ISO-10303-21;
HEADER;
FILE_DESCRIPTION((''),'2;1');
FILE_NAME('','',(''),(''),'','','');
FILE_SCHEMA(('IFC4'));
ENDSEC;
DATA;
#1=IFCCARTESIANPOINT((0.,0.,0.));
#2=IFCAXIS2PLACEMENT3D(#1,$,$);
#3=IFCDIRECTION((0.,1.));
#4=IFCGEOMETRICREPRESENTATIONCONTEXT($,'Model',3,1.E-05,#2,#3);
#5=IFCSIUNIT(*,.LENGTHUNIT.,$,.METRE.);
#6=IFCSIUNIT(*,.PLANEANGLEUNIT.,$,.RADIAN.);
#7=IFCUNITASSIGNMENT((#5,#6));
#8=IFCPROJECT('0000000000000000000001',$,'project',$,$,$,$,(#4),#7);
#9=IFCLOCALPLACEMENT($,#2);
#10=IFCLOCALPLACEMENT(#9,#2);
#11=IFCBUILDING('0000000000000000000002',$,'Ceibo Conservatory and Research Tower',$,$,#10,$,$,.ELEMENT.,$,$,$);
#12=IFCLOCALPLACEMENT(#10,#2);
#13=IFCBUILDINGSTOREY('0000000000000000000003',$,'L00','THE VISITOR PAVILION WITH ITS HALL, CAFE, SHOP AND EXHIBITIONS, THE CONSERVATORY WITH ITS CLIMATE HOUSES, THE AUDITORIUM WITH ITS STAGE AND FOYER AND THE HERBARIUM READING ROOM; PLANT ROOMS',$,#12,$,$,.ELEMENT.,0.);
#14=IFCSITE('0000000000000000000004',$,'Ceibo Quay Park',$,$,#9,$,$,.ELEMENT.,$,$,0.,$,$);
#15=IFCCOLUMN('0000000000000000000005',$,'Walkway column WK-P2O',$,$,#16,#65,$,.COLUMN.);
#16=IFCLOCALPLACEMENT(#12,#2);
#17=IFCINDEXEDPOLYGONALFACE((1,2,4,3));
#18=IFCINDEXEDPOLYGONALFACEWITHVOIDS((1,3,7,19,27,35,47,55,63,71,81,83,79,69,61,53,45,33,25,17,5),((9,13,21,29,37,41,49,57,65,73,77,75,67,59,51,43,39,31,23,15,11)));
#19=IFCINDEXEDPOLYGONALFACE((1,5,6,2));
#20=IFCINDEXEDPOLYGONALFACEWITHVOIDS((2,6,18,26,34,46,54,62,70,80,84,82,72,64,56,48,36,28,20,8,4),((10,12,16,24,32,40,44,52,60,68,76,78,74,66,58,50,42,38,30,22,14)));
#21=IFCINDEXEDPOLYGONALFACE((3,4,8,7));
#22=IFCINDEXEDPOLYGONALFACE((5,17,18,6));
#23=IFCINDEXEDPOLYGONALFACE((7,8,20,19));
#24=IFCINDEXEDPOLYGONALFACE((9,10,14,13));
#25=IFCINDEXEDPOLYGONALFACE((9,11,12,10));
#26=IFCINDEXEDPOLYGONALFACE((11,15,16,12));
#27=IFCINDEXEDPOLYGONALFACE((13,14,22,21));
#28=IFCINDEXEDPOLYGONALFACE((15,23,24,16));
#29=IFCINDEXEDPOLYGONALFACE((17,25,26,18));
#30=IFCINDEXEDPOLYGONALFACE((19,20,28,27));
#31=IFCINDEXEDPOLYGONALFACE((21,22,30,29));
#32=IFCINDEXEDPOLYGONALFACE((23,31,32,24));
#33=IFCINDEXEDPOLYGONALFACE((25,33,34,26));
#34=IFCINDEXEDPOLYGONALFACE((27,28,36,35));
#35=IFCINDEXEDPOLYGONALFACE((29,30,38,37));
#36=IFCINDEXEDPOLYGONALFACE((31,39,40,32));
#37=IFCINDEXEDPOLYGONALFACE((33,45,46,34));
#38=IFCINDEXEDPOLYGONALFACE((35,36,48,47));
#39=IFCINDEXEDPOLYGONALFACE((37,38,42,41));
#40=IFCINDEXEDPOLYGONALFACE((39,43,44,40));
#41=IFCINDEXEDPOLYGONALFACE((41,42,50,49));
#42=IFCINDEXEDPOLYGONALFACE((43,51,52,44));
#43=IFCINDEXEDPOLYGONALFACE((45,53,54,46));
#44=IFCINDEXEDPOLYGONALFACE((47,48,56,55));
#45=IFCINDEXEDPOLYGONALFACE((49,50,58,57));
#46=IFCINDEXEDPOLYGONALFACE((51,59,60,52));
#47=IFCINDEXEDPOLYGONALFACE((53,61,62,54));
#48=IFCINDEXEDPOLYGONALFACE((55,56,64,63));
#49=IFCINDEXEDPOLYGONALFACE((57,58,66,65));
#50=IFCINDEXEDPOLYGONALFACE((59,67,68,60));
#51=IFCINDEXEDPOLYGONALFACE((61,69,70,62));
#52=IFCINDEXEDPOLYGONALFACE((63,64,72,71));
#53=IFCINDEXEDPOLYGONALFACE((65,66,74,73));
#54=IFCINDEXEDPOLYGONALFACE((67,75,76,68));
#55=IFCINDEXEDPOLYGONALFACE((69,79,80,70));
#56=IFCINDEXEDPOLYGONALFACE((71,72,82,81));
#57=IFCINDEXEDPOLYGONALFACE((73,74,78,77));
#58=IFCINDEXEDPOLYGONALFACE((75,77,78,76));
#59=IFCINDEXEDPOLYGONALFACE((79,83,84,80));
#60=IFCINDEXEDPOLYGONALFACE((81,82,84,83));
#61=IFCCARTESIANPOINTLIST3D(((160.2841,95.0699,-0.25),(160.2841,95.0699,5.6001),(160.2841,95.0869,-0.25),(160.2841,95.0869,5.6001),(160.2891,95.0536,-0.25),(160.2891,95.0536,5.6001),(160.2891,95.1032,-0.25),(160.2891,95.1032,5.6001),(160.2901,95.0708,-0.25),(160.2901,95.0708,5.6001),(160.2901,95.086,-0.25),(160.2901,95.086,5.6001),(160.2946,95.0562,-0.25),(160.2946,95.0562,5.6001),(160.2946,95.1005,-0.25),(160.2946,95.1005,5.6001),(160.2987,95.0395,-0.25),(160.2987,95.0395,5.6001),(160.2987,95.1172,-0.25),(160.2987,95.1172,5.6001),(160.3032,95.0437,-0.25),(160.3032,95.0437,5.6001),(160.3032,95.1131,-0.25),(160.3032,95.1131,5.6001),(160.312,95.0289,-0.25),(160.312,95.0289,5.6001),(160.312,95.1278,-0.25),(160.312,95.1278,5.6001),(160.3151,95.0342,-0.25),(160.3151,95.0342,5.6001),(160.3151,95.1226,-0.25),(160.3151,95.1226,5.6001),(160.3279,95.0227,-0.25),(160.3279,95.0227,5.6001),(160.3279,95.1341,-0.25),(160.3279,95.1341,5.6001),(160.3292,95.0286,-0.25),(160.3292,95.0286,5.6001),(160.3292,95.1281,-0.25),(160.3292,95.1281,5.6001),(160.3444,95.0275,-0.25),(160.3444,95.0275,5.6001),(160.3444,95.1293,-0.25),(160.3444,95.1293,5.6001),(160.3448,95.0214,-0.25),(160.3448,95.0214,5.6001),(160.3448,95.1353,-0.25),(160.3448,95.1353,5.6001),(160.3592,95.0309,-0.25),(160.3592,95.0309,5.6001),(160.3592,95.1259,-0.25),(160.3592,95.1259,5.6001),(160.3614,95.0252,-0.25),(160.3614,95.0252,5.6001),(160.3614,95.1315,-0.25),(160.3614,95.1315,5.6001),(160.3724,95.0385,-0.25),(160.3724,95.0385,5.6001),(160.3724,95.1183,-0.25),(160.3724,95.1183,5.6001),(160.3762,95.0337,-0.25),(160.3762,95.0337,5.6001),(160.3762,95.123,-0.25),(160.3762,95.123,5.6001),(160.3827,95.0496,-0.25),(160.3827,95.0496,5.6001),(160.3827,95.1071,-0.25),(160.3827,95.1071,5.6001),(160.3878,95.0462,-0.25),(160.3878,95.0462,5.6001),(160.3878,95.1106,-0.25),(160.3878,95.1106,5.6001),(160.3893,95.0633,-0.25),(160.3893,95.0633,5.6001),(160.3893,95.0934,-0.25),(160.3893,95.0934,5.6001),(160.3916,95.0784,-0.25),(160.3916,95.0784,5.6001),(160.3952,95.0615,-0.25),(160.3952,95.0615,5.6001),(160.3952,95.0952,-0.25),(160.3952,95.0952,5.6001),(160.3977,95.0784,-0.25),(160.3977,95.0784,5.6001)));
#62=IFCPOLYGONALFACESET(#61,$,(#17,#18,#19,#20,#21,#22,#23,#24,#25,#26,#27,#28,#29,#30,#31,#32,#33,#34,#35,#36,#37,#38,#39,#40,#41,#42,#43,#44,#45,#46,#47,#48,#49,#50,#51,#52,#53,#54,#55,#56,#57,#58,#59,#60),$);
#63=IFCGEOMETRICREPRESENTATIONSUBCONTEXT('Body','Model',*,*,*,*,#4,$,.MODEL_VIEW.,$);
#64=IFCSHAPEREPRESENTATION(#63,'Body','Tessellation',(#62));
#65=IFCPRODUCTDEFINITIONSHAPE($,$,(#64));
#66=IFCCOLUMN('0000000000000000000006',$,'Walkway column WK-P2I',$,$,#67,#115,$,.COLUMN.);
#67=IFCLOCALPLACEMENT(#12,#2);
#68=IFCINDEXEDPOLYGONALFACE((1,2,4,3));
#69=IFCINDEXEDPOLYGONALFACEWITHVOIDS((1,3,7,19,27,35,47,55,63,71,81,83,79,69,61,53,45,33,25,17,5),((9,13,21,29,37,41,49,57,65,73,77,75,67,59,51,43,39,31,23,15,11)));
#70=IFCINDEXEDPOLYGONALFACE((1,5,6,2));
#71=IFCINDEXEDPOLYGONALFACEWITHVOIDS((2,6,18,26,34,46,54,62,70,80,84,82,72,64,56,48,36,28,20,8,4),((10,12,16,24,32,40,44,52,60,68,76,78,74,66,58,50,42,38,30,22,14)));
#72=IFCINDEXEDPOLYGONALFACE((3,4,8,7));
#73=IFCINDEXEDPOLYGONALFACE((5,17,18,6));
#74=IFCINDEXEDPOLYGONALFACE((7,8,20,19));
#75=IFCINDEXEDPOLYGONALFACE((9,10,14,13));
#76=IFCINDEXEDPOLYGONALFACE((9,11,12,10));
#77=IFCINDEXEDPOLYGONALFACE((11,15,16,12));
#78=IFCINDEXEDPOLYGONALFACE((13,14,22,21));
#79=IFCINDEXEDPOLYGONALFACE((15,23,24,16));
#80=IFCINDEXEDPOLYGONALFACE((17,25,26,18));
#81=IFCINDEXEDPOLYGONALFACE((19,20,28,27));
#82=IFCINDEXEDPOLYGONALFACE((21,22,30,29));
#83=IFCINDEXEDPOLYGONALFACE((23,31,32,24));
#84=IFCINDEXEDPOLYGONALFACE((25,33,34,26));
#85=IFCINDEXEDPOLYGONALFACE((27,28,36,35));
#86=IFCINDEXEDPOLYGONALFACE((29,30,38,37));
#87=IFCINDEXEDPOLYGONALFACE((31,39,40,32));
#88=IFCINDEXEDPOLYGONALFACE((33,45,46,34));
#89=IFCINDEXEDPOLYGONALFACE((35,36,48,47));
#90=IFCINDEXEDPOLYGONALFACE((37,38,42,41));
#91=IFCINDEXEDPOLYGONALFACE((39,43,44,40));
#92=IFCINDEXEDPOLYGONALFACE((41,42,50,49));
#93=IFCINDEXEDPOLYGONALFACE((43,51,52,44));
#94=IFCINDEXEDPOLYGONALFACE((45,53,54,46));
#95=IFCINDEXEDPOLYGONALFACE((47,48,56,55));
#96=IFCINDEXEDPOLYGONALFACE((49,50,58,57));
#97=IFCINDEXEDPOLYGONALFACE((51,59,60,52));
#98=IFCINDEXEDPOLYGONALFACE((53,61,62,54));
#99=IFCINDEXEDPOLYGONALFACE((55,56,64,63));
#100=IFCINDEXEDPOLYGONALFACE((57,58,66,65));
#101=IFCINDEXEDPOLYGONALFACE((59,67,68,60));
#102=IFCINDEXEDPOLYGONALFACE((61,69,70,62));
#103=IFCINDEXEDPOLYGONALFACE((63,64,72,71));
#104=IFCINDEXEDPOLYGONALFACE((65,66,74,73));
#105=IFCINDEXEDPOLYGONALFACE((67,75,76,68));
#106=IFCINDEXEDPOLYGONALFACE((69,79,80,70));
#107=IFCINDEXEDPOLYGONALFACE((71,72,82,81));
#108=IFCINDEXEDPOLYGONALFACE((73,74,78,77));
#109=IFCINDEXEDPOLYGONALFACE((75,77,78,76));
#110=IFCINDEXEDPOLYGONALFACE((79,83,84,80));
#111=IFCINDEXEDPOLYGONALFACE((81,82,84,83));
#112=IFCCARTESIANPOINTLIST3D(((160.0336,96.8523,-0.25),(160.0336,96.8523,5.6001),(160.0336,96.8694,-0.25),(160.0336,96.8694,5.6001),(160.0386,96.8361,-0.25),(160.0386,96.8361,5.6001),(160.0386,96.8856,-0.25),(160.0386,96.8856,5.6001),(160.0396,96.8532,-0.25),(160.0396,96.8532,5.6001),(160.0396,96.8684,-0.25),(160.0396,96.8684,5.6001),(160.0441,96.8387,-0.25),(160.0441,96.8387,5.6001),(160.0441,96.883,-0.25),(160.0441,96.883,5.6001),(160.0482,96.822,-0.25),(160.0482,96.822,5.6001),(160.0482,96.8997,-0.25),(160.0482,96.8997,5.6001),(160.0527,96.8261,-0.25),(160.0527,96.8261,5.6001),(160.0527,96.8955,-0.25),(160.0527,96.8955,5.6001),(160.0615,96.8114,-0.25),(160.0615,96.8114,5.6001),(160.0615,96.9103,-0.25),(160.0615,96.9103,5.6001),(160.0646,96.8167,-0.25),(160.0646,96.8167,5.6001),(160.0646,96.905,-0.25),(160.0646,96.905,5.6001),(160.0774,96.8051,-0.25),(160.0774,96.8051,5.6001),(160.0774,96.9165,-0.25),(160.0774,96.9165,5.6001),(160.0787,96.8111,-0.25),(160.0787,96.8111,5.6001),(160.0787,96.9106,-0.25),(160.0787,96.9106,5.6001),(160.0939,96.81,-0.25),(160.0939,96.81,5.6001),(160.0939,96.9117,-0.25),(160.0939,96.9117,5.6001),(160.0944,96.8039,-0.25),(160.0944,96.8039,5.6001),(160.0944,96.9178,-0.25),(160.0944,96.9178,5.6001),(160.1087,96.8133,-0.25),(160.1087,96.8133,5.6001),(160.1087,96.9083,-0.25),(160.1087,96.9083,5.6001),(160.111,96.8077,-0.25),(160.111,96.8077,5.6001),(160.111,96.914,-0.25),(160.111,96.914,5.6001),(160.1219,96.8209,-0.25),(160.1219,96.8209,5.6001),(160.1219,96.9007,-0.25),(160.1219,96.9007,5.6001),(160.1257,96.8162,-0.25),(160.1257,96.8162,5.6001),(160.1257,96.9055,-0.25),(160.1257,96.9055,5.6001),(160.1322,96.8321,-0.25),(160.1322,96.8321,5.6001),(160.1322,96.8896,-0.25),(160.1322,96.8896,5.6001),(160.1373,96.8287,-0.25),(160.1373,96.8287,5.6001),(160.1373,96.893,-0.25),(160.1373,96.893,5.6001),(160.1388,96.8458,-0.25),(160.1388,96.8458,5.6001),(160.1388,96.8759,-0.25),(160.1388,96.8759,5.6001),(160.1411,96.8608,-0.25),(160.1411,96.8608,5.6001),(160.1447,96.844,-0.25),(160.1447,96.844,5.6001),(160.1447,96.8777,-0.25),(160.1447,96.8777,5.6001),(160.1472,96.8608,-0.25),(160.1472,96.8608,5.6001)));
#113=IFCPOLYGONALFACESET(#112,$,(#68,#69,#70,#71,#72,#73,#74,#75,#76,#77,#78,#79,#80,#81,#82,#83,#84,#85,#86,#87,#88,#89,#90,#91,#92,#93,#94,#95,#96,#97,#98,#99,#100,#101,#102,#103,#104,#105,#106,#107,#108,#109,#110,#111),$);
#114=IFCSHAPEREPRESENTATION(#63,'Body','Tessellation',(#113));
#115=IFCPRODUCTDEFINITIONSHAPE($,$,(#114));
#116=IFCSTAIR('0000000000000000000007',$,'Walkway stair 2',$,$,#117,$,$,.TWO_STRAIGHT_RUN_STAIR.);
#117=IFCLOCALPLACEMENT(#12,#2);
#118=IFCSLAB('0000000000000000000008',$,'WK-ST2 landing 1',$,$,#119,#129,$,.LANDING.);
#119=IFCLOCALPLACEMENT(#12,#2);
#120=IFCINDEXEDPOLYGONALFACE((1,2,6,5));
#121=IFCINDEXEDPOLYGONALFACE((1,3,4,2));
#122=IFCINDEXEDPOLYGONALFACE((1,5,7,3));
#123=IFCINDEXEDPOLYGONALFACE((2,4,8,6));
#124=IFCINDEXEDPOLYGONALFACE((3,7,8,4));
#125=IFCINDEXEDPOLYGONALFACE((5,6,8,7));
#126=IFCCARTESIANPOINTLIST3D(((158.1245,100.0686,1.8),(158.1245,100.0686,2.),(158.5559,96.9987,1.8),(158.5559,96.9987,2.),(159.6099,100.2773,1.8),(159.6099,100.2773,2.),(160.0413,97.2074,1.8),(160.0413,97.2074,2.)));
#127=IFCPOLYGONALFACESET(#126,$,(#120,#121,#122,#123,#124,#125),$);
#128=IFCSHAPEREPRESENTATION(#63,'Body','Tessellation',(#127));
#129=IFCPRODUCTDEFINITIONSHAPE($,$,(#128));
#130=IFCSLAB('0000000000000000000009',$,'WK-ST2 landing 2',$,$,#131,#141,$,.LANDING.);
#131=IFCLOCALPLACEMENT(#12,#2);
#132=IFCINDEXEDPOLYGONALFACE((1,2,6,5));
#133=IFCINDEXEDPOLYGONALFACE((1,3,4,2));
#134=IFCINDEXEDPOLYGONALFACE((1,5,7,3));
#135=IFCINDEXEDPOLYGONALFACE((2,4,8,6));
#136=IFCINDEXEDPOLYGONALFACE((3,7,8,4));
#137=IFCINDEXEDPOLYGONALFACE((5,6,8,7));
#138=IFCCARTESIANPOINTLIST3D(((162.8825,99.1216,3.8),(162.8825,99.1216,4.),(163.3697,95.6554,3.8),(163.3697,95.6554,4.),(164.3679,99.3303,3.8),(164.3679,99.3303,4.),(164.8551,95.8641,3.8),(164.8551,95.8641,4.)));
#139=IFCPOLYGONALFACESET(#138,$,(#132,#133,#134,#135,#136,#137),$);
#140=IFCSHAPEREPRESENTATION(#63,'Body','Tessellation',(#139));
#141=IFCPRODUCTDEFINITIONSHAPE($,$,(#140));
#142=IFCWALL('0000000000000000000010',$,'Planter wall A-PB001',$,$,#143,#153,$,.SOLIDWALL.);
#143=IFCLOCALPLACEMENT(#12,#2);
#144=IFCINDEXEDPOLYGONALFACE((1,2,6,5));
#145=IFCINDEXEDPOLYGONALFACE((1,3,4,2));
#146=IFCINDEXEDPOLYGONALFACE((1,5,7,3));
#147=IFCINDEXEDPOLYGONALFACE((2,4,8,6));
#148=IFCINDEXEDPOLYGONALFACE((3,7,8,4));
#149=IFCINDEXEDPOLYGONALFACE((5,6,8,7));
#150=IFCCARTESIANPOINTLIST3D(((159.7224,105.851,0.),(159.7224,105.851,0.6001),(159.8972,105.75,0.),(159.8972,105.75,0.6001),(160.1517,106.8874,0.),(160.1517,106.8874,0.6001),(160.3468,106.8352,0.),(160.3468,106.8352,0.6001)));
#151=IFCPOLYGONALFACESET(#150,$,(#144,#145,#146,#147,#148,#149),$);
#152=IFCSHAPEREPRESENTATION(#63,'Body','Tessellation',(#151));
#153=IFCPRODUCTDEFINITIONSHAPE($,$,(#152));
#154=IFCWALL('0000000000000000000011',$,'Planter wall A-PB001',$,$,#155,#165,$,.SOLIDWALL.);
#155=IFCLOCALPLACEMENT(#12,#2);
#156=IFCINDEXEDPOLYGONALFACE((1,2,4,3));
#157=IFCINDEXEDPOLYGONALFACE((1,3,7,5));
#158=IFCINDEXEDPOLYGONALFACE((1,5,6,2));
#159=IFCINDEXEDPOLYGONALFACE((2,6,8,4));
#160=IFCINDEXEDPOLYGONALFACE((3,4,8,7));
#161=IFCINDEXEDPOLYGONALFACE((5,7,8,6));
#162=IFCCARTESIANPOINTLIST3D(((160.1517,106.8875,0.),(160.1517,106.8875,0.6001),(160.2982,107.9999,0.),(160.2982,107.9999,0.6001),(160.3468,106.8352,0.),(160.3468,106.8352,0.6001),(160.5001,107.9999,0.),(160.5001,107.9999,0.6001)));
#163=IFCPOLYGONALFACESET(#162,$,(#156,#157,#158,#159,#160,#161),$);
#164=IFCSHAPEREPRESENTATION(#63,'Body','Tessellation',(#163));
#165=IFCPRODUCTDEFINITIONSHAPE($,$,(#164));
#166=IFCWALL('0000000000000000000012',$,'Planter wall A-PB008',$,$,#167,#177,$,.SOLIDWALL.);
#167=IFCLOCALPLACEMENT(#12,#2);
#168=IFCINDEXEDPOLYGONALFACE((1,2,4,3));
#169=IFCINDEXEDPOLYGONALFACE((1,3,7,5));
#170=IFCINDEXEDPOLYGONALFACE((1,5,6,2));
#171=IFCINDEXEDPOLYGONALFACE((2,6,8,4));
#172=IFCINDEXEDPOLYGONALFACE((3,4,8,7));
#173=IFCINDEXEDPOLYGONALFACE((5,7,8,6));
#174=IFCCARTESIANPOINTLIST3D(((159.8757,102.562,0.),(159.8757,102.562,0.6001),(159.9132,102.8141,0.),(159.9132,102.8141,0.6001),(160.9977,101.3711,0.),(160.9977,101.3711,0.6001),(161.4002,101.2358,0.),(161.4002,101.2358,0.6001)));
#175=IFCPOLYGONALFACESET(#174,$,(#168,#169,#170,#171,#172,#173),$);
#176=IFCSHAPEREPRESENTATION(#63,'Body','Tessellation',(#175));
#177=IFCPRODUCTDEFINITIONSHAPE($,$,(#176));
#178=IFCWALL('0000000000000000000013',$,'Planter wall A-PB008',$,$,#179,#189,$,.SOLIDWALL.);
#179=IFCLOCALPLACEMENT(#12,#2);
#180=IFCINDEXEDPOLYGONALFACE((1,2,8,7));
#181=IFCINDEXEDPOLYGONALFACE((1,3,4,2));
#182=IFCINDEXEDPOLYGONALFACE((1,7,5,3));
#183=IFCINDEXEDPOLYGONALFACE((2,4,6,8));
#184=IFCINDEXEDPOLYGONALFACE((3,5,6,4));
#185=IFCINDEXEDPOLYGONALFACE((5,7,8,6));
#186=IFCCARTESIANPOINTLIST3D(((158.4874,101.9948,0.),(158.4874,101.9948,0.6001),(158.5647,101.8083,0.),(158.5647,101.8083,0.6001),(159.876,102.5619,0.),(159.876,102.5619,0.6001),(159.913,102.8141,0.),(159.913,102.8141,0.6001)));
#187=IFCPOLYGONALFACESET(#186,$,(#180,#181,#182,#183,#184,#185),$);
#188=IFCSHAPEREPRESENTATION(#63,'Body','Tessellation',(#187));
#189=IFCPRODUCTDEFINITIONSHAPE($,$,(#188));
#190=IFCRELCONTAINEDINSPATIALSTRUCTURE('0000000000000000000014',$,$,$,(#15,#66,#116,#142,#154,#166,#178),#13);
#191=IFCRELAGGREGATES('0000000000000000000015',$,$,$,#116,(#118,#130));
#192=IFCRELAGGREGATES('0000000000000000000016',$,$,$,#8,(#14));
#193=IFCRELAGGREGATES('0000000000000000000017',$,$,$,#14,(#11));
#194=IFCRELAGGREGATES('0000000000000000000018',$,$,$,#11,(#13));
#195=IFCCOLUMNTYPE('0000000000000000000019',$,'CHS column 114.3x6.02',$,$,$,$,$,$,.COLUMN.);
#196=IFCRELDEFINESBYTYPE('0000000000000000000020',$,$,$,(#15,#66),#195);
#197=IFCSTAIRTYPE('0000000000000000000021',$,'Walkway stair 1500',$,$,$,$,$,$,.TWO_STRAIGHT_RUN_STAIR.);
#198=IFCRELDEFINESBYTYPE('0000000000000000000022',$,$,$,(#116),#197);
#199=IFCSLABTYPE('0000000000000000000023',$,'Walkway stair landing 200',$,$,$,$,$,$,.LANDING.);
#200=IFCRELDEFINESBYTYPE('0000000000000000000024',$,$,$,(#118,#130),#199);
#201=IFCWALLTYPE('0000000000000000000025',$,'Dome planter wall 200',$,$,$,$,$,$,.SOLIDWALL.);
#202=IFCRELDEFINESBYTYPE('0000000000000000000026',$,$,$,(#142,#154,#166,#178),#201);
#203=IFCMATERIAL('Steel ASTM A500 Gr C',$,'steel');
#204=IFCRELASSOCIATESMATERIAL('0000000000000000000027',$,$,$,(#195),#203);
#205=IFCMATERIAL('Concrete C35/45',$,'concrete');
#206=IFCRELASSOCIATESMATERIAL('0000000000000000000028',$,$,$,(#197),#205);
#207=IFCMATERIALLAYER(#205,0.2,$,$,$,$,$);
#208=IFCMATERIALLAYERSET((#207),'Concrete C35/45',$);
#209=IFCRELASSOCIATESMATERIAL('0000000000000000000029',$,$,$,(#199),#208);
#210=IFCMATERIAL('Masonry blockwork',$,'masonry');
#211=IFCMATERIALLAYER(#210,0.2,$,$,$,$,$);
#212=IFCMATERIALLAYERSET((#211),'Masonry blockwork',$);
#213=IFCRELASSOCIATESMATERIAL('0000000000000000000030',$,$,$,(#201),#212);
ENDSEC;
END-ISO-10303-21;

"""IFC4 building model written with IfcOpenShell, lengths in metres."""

from ifc_helpers import new_model, si_unit, direction, frame, origin, origin_2d, place, context, subcontext, project, spatial, polyline, hollow_circle, outline, extrude, material, layer, layer_set, material_profile, profile_set, type_object, element, aggregate, save


model = new_model("IFC4")

# Units and contexts
model_context = context("Model", 3, precision=1e-05, world=origin(), true_north=direction((0.0, 1.0)))
body_context = subcontext(model_context, "Body", "Model", "MODEL_VIEW")
ifc_project = project(units=[si_unit("LENGTHUNIT", "METRE"), si_unit("PLANEANGLEUNIT", "RADIAN")], contexts=[model_context])

# Site, building, storey
site_placement = place(None, origin())
site = spatial("IfcSite", under=ifc_project, at=site_placement, Name="Ceibo Quay Park", CompositionType="ELEMENT", RefElevation=0.0)
building_placement = place(site_placement, origin())
building = spatial("IfcBuilding", under=site, at=building_placement, Name="Ceibo Conservatory and Research Tower", CompositionType="ELEMENT")
storey_placement = place(building_placement, origin())
storey = spatial("IfcBuildingStorey", under=building, at=storey_placement, Name="L00", Description="THE VISITOR PAVILION WITH ITS HALL, CAFE, SHOP AND EXHIBITIONS, THE CONSERVATORY WITH ITS CLIMATE HOUSES, THE AUDITORIUM WITH ITS STAGE AND FOYER AND THE HERBARIUM READING ROOM; PLANT ROOMS", CompositionType="ELEMENT", Elevation=0.0)

# Columns
ifc_material_1 = material(Name="Steel ASTM A500 Gr C", Category="steel")
ifc_material_profile = material_profile(ifc_material_1, hollow_circle(Radius=0.0571, WallThickness=0.0061, at=origin_2d()), Name="CHS column 114.3x6.02")
ifc_profile_set = profile_set([ifc_material_profile], Name="Steel ASTM A500 Gr C")
column_type = type_object("IfcColumnType", Name="CHS column 114.3x6.02", PredefinedType="COLUMN", material=ifc_profile_set)
for number, where, z_axis, x_axis, name in (
    (1, (160.3406, 95.0784, -0.25), (0.0, 0.0, 1.0), (1.0, 0.0, 0.0), "Walkway column WK-P2O"),
    (2, (160.0901, 96.8608, -0.25), (0.0, 0.0, 1.0), (1.0, 0.0, 0.0), "Walkway column WK-P2I"),
):
    element("IfcColumn", number, at=place(storey_placement, frame(where, z_axis=z_axis, x_axis=x_axis)), inside=storey, type_object=column_type, Name=name, PredefinedType="COLUMN", context=body_context, shape_type="SweptSolid", body=[
        extrude(hollow_circle(Radius=0.0571, WallThickness=0.0061, at=origin_2d()), origin(), (0.0, 0.0, 1.0), 5.8501),
    ])

# Stair, slabs
ifc_material_2 = material(Name="Concrete C35/45", Category="concrete")
stair_type = type_object("IfcStairType", Name="Walkway stair 1500", PredefinedType="TWO_STRAIGHT_RUN_STAIR", material=ifc_material_2)
stair_placement = place(storey_placement, origin())
stair = element("IfcStair", 3, at=stair_placement, inside=storey, type_object=stair_type, Name="Walkway stair 2", PredefinedType="TWO_STRAIGHT_RUN_STAIR")
ifc_layer_1 = layer(ifc_material_2, 0.2)
ifc_layer_set_1 = layer_set([ifc_layer_1], Name="Concrete C35/45")
slab_type = type_object("IfcSlabType", Name="Walkway stair landing 200", PredefinedType="LANDING", material=ifc_layer_set_1)
slab_1_placement = place(storey_placement, frame((159.6099, 100.2773, 1.8), z_axis=(0.0, 0.0, 1.0), x_axis=(-0.990268, -0.139173, 0.0)))
slab_1 = element("IfcSlab", 4, at=slab_1_placement, type_object=slab_type, Name="WK-ST2 landing 1", PredefinedType="LANDING", context=body_context, shape_type="SweptSolid", body=[
    extrude(outline(polyline([(0.0, 0.0), (1.5, 0.0), (1.5, 3.1001), (0.0, 3.1001), (0.0, 0.0)])), origin(), (0.0, 0.0, 1.0), 0.2),
])
slab_2_placement = place(storey_placement, frame((164.3679, 99.3303, 3.8), z_axis=(0.0, 0.0, 1.0), x_axis=(-0.990268, -0.139173, 0.0)))
slab_2 = element("IfcSlab", 5, at=slab_2_placement, type_object=slab_type, Name="WK-ST2 landing 2", PredefinedType="LANDING", context=body_context, shape_type="SweptSolid", body=[
    extrude(outline(polyline([(0.0, 0.0), (1.5, 0.0), (1.5, 3.5002), (0.0, 3.5002), (0.0, 0.0)])), origin(), (0.0, 0.0, 1.0), 0.2),
])

# Walls
ifc_material_3 = material(Name="Masonry blockwork", Category="masonry")
ifc_layer_2 = layer(ifc_material_3, 0.2)
ifc_layer_set_2 = layer_set([ifc_layer_2], Name="Masonry blockwork")
wall_type_1 = type_object("IfcWallType", Name="Dome planter wall 200", PredefinedType="SOLIDWALL", material=ifc_layer_set_2)
wall_1_placement = place(storey_placement, frame((159.8098, 105.8005, 0.0), z_axis=(0.0, 0.0, 1.0), x_axis=(0.382727, 0.923861, 0.0)))
element("IfcWall", 6, at=wall_1_placement, inside=storey, type_object=wall_type_1, Name="Planter wall A-PB001", PredefinedType="SOLIDWALL", context=body_context, shape_type="SweptSolid", body=[
    extrude(outline(polyline([(-0.0132, -0.1001), (1.1614, -0.1001), (1.135, 0.1001), (0.0132, 0.1001), (-0.0132, -0.1001)])), origin(), (0.0, 0.0, 1.0), 0.6001),
])
wall_2_placement = place(storey_placement, frame((160.2493, 106.8613, 0.0), z_axis=(0.0, 0.0, 1.0), x_axis=(0.13052, 0.991446, 0.0)))
element("IfcWall", 7, at=wall_2_placement, inside=storey, type_object=wall_type_1, Name="Planter wall A-PB001", PredefinedType="SOLIDWALL", context=body_context, shape_type="SweptSolid", body=[
    extrude(outline(polyline([(-0.0132, -0.1001), (1.1616, -0.1001), (1.1353, 0.1001), (0.0132, 0.1001), (-0.0132, -0.1001)])), origin(), (0.0, 0.0, 1.0), 0.6001),
])
wall_3_placement = place(storey_placement, frame((161.199, 101.3035, 0.0), z_axis=(0.0, 0.0, 1.0), x_axis=(-0.685745, 0.727842, 0.0)))
element("IfcWall", 8, at=wall_3_placement, inside=storey, type_object=wall_type_1, Name="Planter wall A-PB008", PredefinedType="SOLIDWALL", context=body_context, shape_type="SweptSolid", body=[
    extrude(outline(polyline([(-0.1873, -0.1001), (1.9812, -0.1001), (1.8235, 0.1001), (0.1873, 0.1001), (-0.1873, -0.1001)])), origin(), (0.0, 0.0, 1.0), 0.6001),
])
wall_4_placement = place(storey_placement, frame((159.8945, 102.688, 0.0), z_axis=(0.0, 0.0, 1.0), x_axis=(-0.867032, -0.498253, 0.0)))
element("IfcWall", 9, at=wall_4_placement, inside=storey, type_object=wall_type_1, Name="Planter wall A-PB008", PredefinedType="SOLIDWALL", context=body_context, shape_type="SweptSolid", body=[
    extrude(outline(polyline([(-0.0789, -0.1001), (1.5654, -0.1001), (1.5913, 0.1001), (0.0789, 0.1001), (-0.0789, -0.1001)])), origin(), (0.0, 0.0, 1.0), 0.6001),
])

aggregate(stair, [slab_1, slab_2])

save(model, "model.ifc")
